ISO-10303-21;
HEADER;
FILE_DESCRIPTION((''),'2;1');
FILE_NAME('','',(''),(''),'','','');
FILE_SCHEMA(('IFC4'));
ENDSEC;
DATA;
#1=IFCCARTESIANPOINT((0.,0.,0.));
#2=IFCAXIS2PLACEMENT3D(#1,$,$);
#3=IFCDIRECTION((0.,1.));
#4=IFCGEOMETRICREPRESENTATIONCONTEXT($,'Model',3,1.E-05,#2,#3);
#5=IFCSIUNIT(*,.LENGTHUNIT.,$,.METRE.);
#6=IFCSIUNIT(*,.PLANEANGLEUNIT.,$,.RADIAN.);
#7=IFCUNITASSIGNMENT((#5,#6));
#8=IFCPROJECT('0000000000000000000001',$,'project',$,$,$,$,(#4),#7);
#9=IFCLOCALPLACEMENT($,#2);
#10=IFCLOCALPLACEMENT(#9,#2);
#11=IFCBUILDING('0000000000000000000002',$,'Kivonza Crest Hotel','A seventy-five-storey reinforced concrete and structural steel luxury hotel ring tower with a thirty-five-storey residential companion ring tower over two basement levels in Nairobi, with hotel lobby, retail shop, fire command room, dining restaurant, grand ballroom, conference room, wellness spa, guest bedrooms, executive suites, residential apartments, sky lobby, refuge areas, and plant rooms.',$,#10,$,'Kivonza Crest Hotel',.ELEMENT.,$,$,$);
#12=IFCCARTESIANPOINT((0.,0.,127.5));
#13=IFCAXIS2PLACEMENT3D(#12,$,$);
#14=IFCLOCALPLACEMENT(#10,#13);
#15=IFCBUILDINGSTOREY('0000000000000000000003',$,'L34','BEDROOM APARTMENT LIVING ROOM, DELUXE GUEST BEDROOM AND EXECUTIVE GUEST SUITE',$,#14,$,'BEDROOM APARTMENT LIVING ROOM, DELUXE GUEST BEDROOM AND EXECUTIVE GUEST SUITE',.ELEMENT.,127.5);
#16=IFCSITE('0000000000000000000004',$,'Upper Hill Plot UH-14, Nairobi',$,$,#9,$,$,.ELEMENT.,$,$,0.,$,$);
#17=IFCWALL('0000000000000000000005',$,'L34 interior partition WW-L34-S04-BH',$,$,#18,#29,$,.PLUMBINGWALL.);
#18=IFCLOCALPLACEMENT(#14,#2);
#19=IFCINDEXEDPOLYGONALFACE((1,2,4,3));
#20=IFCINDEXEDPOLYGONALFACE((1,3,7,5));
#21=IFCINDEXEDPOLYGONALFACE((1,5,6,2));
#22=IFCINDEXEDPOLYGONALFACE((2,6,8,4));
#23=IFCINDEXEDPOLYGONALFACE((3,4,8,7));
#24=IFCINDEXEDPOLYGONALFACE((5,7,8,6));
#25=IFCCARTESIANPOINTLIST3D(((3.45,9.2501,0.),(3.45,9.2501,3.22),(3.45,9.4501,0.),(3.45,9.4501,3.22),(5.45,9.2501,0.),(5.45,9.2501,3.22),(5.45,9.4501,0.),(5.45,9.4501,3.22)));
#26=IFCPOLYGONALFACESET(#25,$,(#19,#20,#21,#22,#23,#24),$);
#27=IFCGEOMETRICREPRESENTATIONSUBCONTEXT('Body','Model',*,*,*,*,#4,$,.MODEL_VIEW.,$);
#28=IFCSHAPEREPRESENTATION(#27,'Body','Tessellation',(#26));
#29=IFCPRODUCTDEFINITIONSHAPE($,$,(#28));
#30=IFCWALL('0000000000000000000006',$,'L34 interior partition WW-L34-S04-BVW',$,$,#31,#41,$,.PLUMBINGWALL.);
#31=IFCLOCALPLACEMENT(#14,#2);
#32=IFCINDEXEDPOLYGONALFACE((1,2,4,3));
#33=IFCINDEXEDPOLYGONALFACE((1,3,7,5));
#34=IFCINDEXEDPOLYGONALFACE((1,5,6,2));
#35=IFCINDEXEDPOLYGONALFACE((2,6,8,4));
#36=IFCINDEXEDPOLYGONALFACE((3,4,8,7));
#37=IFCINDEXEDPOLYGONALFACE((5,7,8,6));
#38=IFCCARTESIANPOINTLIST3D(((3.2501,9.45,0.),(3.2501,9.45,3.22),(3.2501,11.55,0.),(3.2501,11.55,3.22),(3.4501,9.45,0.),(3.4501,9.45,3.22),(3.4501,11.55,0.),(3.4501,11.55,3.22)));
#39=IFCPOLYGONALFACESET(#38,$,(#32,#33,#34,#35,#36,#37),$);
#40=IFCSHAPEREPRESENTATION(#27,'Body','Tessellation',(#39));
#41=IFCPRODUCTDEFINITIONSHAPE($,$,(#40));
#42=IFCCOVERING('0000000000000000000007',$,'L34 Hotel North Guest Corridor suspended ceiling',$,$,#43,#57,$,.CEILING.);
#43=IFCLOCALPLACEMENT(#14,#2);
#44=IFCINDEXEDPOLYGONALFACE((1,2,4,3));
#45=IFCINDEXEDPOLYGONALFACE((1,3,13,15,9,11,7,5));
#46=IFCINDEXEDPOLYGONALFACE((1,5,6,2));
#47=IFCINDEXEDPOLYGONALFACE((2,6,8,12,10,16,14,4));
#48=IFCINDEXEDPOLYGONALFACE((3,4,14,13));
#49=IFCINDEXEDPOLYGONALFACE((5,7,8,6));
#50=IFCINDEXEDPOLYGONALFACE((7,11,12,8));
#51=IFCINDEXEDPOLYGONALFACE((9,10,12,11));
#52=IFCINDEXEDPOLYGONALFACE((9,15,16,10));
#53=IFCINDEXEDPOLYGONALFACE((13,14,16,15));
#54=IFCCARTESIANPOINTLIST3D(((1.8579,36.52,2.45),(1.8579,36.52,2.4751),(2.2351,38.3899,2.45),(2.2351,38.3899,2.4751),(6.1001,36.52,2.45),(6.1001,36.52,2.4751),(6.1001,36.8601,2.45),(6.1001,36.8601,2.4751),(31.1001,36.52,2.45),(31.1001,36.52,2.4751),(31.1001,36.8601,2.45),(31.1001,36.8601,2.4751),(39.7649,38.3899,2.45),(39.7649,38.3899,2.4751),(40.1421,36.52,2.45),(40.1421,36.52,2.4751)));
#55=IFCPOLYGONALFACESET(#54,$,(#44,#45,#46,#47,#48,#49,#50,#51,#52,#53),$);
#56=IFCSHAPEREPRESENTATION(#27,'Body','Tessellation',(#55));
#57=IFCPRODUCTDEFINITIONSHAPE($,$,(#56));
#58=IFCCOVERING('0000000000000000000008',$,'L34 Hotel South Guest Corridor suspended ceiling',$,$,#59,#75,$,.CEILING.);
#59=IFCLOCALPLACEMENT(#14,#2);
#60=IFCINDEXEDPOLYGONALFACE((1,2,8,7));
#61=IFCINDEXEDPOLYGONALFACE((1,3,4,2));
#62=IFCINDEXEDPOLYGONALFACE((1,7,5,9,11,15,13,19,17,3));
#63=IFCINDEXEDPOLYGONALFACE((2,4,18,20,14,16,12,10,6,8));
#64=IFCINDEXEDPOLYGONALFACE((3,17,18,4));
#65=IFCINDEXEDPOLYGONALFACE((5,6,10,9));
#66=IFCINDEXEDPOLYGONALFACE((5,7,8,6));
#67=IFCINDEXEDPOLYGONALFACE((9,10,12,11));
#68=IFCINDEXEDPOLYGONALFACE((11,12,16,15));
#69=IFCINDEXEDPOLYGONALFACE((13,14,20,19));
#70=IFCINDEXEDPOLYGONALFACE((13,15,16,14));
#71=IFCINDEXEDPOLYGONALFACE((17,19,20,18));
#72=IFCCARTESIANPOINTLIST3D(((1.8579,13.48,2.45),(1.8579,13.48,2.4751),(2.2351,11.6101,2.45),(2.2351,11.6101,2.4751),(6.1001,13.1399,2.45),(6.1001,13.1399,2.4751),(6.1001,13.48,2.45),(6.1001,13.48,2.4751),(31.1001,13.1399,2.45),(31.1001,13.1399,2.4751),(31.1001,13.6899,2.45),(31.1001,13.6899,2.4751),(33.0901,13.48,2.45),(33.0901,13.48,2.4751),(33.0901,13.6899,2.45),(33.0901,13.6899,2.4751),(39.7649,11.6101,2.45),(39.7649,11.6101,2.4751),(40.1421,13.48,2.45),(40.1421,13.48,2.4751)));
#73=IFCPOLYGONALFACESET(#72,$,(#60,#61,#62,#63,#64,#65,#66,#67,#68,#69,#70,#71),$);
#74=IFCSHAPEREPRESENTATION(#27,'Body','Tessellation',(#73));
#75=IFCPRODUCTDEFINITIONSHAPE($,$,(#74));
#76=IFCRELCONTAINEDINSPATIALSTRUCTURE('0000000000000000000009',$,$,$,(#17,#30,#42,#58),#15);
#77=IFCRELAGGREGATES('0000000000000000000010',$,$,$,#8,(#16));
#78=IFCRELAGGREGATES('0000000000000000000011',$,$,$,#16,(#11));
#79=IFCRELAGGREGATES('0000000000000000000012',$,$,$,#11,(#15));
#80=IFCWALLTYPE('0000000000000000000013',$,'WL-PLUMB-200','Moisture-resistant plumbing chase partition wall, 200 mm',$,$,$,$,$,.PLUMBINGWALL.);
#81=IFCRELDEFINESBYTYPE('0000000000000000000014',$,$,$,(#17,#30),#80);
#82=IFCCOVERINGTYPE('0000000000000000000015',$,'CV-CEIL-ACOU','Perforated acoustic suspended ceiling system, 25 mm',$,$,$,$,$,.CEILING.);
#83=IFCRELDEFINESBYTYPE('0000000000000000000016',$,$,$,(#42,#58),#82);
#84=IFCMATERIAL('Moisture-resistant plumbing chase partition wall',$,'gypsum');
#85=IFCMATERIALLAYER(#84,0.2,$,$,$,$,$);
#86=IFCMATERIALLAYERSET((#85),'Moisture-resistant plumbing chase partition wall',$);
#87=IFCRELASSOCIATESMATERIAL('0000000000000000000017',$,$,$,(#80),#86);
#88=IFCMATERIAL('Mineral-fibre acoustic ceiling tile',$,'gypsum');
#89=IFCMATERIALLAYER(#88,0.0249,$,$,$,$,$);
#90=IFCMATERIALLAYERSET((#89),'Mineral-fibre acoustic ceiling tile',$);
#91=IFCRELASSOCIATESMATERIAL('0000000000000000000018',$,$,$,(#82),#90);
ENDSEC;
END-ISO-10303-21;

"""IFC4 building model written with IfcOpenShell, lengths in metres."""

from ifc_helpers import new_model, si_unit, direction, frame, frame_2d, origin, place, context, subcontext, project, spatial, polyline, rectangle, outline, extrude, material, layer, layer_set, type_object, element, save


model = new_model("IFC4")

# Units and contexts
model_context = context("Model", 3, precision=1e-05, world=origin(), true_north=direction((0.0, 1.0)))
body_context = subcontext(model_context, "Body", "Model", "MODEL_VIEW")
ifc_project = project(units=[si_unit("LENGTHUNIT", "METRE"), si_unit("PLANEANGLEUNIT", "RADIAN")], contexts=[model_context])

# Site, building, storey
site_placement = place(None, origin())
site = spatial("IfcSite", under=ifc_project, at=site_placement, Name="Upper Hill Plot UH-14, Nairobi", CompositionType="ELEMENT", RefElevation=0.0)
building_placement = place(site_placement, origin())
building = spatial("IfcBuilding", under=site, at=building_placement, Name="Kivonza Crest Hotel", Description="A seventy-five-storey reinforced concrete and structural steel luxury hotel ring tower with a thirty-five-storey residential companion ring tower over two basement levels in Nairobi, with hotel lobby, retail shop, fire command room, dining restaurant, grand ballroom, conference room, wellness spa, guest bedrooms, executive suites, residential apartments, sky lobby, refuge areas, and plant rooms.", LongName="Kivonza Crest Hotel", CompositionType="ELEMENT")
storey_placement = place(building_placement, frame((0.0, 0.0, 127.5)))
storey = spatial("IfcBuildingStorey", under=building, at=storey_placement, Name="L34", Description="BEDROOM APARTMENT LIVING ROOM, DELUXE GUEST BEDROOM AND EXECUTIVE GUEST SUITE", LongName="BEDROOM APARTMENT LIVING ROOM, DELUXE GUEST BEDROOM AND EXECUTIVE GUEST SUITE", CompositionType="ELEMENT", Elevation=127.5)

# Walls
ifc_material_1 = material(Name="Moisture-resistant plumbing chase partition wall", Category="gypsum")
ifc_layer_1 = layer(ifc_material_1, 0.2)
ifc_layer_set_1 = layer_set([ifc_layer_1], Name="Moisture-resistant plumbing chase partition wall")
wall_type_1 = type_object("IfcWallType", Name="WL-PLUMB-200", Description="Moisture-resistant plumbing chase partition wall, 200 mm", PredefinedType="PLUMBINGWALL", material=ifc_layer_set_1)
wall_1_placement = place(storey_placement, frame((3.45, 9.3501, 0.0), z_axis=(0.0, 0.0, 1.0), x_axis=(1.0, 0.0, 0.0)))
element("IfcWall", 1, at=wall_1_placement, inside=storey, type_object=wall_type_1, Name="L34 interior partition WW-L34-S04-BH", PredefinedType="PLUMBINGWALL", context=body_context, shape_type="SweptSolid", body=[
    extrude(rectangle(XDim=2.0, YDim=0.2, at=frame_2d((1.0, 0.0))), origin(), (0.0, 0.0, 1.0), 3.22),
])
wall_2_placement = place(storey_placement, frame((3.3501, 9.45, 0.0), z_axis=(0.0, 0.0, 1.0), x_axis=(0.0, 1.0, 0.0)))
element("IfcWall", 2, at=wall_2_placement, inside=storey, type_object=wall_type_1, Name="L34 interior partition WW-L34-S04-BVW", PredefinedType="PLUMBINGWALL", context=body_context, shape_type="SweptSolid", body=[
    extrude(rectangle(XDim=2.1001, YDim=0.2, at=frame_2d((1.05, 0.0))), origin(), (0.0, 0.0, 1.0), 3.22),
])

# Coverings
ifc_material_2 = material(Name="Mineral-fibre acoustic ceiling tile", Category="gypsum")
ifc_layer_2 = layer(ifc_material_2, 0.0249)
ifc_layer_set_2 = layer_set([ifc_layer_2], Name="Mineral-fibre acoustic ceiling tile")
covering_type = type_object("IfcCoveringType", Name="CV-CEIL-ACOU", Description="Perforated acoustic suspended ceiling system, 25 mm", PredefinedType="CEILING", material=ifc_layer_set_2)
covering_1_placement = place(storey_placement, frame((0.0, 0.0, 2.45)))
element("IfcCovering", 3, at=covering_1_placement, inside=storey, type_object=covering_type, Name="L34 Hotel North Guest Corridor suspended ceiling", PredefinedType="CEILING", context=body_context, shape_type="SweptSolid", body=[
    extrude(outline(polyline([(2.2351, 38.3899), (1.8579, 36.52), (6.1001, 36.52), (6.1001, 36.8601), (31.1001, 36.8601), (31.1001, 36.52), (40.1421, 36.52), (39.7649, 38.3899), (2.2351, 38.3899)])), origin(), (0.0, 0.0, 1.0), 0.0251),
])
covering_2_placement = place(storey_placement, frame((0.0, 0.0, 2.45)))
element("IfcCovering", 4, at=covering_2_placement, inside=storey, type_object=covering_type, Name="L34 Hotel South Guest Corridor suspended ceiling", PredefinedType="CEILING", context=body_context, shape_type="SweptSolid", body=[
    extrude(outline(polyline([(33.0901, 13.48), (33.0901, 13.6899), (31.1001, 13.6899), (31.1001, 13.1399), (6.1001, 13.1399), (6.1001, 13.48), (1.8579, 13.48), (2.2351, 11.6101), (39.7649, 11.6101), (40.1421, 13.48), (33.0901, 13.48)])), origin(), (0.0, 0.0, 1.0), 0.0251),
])

save(model, "model.ifc")
